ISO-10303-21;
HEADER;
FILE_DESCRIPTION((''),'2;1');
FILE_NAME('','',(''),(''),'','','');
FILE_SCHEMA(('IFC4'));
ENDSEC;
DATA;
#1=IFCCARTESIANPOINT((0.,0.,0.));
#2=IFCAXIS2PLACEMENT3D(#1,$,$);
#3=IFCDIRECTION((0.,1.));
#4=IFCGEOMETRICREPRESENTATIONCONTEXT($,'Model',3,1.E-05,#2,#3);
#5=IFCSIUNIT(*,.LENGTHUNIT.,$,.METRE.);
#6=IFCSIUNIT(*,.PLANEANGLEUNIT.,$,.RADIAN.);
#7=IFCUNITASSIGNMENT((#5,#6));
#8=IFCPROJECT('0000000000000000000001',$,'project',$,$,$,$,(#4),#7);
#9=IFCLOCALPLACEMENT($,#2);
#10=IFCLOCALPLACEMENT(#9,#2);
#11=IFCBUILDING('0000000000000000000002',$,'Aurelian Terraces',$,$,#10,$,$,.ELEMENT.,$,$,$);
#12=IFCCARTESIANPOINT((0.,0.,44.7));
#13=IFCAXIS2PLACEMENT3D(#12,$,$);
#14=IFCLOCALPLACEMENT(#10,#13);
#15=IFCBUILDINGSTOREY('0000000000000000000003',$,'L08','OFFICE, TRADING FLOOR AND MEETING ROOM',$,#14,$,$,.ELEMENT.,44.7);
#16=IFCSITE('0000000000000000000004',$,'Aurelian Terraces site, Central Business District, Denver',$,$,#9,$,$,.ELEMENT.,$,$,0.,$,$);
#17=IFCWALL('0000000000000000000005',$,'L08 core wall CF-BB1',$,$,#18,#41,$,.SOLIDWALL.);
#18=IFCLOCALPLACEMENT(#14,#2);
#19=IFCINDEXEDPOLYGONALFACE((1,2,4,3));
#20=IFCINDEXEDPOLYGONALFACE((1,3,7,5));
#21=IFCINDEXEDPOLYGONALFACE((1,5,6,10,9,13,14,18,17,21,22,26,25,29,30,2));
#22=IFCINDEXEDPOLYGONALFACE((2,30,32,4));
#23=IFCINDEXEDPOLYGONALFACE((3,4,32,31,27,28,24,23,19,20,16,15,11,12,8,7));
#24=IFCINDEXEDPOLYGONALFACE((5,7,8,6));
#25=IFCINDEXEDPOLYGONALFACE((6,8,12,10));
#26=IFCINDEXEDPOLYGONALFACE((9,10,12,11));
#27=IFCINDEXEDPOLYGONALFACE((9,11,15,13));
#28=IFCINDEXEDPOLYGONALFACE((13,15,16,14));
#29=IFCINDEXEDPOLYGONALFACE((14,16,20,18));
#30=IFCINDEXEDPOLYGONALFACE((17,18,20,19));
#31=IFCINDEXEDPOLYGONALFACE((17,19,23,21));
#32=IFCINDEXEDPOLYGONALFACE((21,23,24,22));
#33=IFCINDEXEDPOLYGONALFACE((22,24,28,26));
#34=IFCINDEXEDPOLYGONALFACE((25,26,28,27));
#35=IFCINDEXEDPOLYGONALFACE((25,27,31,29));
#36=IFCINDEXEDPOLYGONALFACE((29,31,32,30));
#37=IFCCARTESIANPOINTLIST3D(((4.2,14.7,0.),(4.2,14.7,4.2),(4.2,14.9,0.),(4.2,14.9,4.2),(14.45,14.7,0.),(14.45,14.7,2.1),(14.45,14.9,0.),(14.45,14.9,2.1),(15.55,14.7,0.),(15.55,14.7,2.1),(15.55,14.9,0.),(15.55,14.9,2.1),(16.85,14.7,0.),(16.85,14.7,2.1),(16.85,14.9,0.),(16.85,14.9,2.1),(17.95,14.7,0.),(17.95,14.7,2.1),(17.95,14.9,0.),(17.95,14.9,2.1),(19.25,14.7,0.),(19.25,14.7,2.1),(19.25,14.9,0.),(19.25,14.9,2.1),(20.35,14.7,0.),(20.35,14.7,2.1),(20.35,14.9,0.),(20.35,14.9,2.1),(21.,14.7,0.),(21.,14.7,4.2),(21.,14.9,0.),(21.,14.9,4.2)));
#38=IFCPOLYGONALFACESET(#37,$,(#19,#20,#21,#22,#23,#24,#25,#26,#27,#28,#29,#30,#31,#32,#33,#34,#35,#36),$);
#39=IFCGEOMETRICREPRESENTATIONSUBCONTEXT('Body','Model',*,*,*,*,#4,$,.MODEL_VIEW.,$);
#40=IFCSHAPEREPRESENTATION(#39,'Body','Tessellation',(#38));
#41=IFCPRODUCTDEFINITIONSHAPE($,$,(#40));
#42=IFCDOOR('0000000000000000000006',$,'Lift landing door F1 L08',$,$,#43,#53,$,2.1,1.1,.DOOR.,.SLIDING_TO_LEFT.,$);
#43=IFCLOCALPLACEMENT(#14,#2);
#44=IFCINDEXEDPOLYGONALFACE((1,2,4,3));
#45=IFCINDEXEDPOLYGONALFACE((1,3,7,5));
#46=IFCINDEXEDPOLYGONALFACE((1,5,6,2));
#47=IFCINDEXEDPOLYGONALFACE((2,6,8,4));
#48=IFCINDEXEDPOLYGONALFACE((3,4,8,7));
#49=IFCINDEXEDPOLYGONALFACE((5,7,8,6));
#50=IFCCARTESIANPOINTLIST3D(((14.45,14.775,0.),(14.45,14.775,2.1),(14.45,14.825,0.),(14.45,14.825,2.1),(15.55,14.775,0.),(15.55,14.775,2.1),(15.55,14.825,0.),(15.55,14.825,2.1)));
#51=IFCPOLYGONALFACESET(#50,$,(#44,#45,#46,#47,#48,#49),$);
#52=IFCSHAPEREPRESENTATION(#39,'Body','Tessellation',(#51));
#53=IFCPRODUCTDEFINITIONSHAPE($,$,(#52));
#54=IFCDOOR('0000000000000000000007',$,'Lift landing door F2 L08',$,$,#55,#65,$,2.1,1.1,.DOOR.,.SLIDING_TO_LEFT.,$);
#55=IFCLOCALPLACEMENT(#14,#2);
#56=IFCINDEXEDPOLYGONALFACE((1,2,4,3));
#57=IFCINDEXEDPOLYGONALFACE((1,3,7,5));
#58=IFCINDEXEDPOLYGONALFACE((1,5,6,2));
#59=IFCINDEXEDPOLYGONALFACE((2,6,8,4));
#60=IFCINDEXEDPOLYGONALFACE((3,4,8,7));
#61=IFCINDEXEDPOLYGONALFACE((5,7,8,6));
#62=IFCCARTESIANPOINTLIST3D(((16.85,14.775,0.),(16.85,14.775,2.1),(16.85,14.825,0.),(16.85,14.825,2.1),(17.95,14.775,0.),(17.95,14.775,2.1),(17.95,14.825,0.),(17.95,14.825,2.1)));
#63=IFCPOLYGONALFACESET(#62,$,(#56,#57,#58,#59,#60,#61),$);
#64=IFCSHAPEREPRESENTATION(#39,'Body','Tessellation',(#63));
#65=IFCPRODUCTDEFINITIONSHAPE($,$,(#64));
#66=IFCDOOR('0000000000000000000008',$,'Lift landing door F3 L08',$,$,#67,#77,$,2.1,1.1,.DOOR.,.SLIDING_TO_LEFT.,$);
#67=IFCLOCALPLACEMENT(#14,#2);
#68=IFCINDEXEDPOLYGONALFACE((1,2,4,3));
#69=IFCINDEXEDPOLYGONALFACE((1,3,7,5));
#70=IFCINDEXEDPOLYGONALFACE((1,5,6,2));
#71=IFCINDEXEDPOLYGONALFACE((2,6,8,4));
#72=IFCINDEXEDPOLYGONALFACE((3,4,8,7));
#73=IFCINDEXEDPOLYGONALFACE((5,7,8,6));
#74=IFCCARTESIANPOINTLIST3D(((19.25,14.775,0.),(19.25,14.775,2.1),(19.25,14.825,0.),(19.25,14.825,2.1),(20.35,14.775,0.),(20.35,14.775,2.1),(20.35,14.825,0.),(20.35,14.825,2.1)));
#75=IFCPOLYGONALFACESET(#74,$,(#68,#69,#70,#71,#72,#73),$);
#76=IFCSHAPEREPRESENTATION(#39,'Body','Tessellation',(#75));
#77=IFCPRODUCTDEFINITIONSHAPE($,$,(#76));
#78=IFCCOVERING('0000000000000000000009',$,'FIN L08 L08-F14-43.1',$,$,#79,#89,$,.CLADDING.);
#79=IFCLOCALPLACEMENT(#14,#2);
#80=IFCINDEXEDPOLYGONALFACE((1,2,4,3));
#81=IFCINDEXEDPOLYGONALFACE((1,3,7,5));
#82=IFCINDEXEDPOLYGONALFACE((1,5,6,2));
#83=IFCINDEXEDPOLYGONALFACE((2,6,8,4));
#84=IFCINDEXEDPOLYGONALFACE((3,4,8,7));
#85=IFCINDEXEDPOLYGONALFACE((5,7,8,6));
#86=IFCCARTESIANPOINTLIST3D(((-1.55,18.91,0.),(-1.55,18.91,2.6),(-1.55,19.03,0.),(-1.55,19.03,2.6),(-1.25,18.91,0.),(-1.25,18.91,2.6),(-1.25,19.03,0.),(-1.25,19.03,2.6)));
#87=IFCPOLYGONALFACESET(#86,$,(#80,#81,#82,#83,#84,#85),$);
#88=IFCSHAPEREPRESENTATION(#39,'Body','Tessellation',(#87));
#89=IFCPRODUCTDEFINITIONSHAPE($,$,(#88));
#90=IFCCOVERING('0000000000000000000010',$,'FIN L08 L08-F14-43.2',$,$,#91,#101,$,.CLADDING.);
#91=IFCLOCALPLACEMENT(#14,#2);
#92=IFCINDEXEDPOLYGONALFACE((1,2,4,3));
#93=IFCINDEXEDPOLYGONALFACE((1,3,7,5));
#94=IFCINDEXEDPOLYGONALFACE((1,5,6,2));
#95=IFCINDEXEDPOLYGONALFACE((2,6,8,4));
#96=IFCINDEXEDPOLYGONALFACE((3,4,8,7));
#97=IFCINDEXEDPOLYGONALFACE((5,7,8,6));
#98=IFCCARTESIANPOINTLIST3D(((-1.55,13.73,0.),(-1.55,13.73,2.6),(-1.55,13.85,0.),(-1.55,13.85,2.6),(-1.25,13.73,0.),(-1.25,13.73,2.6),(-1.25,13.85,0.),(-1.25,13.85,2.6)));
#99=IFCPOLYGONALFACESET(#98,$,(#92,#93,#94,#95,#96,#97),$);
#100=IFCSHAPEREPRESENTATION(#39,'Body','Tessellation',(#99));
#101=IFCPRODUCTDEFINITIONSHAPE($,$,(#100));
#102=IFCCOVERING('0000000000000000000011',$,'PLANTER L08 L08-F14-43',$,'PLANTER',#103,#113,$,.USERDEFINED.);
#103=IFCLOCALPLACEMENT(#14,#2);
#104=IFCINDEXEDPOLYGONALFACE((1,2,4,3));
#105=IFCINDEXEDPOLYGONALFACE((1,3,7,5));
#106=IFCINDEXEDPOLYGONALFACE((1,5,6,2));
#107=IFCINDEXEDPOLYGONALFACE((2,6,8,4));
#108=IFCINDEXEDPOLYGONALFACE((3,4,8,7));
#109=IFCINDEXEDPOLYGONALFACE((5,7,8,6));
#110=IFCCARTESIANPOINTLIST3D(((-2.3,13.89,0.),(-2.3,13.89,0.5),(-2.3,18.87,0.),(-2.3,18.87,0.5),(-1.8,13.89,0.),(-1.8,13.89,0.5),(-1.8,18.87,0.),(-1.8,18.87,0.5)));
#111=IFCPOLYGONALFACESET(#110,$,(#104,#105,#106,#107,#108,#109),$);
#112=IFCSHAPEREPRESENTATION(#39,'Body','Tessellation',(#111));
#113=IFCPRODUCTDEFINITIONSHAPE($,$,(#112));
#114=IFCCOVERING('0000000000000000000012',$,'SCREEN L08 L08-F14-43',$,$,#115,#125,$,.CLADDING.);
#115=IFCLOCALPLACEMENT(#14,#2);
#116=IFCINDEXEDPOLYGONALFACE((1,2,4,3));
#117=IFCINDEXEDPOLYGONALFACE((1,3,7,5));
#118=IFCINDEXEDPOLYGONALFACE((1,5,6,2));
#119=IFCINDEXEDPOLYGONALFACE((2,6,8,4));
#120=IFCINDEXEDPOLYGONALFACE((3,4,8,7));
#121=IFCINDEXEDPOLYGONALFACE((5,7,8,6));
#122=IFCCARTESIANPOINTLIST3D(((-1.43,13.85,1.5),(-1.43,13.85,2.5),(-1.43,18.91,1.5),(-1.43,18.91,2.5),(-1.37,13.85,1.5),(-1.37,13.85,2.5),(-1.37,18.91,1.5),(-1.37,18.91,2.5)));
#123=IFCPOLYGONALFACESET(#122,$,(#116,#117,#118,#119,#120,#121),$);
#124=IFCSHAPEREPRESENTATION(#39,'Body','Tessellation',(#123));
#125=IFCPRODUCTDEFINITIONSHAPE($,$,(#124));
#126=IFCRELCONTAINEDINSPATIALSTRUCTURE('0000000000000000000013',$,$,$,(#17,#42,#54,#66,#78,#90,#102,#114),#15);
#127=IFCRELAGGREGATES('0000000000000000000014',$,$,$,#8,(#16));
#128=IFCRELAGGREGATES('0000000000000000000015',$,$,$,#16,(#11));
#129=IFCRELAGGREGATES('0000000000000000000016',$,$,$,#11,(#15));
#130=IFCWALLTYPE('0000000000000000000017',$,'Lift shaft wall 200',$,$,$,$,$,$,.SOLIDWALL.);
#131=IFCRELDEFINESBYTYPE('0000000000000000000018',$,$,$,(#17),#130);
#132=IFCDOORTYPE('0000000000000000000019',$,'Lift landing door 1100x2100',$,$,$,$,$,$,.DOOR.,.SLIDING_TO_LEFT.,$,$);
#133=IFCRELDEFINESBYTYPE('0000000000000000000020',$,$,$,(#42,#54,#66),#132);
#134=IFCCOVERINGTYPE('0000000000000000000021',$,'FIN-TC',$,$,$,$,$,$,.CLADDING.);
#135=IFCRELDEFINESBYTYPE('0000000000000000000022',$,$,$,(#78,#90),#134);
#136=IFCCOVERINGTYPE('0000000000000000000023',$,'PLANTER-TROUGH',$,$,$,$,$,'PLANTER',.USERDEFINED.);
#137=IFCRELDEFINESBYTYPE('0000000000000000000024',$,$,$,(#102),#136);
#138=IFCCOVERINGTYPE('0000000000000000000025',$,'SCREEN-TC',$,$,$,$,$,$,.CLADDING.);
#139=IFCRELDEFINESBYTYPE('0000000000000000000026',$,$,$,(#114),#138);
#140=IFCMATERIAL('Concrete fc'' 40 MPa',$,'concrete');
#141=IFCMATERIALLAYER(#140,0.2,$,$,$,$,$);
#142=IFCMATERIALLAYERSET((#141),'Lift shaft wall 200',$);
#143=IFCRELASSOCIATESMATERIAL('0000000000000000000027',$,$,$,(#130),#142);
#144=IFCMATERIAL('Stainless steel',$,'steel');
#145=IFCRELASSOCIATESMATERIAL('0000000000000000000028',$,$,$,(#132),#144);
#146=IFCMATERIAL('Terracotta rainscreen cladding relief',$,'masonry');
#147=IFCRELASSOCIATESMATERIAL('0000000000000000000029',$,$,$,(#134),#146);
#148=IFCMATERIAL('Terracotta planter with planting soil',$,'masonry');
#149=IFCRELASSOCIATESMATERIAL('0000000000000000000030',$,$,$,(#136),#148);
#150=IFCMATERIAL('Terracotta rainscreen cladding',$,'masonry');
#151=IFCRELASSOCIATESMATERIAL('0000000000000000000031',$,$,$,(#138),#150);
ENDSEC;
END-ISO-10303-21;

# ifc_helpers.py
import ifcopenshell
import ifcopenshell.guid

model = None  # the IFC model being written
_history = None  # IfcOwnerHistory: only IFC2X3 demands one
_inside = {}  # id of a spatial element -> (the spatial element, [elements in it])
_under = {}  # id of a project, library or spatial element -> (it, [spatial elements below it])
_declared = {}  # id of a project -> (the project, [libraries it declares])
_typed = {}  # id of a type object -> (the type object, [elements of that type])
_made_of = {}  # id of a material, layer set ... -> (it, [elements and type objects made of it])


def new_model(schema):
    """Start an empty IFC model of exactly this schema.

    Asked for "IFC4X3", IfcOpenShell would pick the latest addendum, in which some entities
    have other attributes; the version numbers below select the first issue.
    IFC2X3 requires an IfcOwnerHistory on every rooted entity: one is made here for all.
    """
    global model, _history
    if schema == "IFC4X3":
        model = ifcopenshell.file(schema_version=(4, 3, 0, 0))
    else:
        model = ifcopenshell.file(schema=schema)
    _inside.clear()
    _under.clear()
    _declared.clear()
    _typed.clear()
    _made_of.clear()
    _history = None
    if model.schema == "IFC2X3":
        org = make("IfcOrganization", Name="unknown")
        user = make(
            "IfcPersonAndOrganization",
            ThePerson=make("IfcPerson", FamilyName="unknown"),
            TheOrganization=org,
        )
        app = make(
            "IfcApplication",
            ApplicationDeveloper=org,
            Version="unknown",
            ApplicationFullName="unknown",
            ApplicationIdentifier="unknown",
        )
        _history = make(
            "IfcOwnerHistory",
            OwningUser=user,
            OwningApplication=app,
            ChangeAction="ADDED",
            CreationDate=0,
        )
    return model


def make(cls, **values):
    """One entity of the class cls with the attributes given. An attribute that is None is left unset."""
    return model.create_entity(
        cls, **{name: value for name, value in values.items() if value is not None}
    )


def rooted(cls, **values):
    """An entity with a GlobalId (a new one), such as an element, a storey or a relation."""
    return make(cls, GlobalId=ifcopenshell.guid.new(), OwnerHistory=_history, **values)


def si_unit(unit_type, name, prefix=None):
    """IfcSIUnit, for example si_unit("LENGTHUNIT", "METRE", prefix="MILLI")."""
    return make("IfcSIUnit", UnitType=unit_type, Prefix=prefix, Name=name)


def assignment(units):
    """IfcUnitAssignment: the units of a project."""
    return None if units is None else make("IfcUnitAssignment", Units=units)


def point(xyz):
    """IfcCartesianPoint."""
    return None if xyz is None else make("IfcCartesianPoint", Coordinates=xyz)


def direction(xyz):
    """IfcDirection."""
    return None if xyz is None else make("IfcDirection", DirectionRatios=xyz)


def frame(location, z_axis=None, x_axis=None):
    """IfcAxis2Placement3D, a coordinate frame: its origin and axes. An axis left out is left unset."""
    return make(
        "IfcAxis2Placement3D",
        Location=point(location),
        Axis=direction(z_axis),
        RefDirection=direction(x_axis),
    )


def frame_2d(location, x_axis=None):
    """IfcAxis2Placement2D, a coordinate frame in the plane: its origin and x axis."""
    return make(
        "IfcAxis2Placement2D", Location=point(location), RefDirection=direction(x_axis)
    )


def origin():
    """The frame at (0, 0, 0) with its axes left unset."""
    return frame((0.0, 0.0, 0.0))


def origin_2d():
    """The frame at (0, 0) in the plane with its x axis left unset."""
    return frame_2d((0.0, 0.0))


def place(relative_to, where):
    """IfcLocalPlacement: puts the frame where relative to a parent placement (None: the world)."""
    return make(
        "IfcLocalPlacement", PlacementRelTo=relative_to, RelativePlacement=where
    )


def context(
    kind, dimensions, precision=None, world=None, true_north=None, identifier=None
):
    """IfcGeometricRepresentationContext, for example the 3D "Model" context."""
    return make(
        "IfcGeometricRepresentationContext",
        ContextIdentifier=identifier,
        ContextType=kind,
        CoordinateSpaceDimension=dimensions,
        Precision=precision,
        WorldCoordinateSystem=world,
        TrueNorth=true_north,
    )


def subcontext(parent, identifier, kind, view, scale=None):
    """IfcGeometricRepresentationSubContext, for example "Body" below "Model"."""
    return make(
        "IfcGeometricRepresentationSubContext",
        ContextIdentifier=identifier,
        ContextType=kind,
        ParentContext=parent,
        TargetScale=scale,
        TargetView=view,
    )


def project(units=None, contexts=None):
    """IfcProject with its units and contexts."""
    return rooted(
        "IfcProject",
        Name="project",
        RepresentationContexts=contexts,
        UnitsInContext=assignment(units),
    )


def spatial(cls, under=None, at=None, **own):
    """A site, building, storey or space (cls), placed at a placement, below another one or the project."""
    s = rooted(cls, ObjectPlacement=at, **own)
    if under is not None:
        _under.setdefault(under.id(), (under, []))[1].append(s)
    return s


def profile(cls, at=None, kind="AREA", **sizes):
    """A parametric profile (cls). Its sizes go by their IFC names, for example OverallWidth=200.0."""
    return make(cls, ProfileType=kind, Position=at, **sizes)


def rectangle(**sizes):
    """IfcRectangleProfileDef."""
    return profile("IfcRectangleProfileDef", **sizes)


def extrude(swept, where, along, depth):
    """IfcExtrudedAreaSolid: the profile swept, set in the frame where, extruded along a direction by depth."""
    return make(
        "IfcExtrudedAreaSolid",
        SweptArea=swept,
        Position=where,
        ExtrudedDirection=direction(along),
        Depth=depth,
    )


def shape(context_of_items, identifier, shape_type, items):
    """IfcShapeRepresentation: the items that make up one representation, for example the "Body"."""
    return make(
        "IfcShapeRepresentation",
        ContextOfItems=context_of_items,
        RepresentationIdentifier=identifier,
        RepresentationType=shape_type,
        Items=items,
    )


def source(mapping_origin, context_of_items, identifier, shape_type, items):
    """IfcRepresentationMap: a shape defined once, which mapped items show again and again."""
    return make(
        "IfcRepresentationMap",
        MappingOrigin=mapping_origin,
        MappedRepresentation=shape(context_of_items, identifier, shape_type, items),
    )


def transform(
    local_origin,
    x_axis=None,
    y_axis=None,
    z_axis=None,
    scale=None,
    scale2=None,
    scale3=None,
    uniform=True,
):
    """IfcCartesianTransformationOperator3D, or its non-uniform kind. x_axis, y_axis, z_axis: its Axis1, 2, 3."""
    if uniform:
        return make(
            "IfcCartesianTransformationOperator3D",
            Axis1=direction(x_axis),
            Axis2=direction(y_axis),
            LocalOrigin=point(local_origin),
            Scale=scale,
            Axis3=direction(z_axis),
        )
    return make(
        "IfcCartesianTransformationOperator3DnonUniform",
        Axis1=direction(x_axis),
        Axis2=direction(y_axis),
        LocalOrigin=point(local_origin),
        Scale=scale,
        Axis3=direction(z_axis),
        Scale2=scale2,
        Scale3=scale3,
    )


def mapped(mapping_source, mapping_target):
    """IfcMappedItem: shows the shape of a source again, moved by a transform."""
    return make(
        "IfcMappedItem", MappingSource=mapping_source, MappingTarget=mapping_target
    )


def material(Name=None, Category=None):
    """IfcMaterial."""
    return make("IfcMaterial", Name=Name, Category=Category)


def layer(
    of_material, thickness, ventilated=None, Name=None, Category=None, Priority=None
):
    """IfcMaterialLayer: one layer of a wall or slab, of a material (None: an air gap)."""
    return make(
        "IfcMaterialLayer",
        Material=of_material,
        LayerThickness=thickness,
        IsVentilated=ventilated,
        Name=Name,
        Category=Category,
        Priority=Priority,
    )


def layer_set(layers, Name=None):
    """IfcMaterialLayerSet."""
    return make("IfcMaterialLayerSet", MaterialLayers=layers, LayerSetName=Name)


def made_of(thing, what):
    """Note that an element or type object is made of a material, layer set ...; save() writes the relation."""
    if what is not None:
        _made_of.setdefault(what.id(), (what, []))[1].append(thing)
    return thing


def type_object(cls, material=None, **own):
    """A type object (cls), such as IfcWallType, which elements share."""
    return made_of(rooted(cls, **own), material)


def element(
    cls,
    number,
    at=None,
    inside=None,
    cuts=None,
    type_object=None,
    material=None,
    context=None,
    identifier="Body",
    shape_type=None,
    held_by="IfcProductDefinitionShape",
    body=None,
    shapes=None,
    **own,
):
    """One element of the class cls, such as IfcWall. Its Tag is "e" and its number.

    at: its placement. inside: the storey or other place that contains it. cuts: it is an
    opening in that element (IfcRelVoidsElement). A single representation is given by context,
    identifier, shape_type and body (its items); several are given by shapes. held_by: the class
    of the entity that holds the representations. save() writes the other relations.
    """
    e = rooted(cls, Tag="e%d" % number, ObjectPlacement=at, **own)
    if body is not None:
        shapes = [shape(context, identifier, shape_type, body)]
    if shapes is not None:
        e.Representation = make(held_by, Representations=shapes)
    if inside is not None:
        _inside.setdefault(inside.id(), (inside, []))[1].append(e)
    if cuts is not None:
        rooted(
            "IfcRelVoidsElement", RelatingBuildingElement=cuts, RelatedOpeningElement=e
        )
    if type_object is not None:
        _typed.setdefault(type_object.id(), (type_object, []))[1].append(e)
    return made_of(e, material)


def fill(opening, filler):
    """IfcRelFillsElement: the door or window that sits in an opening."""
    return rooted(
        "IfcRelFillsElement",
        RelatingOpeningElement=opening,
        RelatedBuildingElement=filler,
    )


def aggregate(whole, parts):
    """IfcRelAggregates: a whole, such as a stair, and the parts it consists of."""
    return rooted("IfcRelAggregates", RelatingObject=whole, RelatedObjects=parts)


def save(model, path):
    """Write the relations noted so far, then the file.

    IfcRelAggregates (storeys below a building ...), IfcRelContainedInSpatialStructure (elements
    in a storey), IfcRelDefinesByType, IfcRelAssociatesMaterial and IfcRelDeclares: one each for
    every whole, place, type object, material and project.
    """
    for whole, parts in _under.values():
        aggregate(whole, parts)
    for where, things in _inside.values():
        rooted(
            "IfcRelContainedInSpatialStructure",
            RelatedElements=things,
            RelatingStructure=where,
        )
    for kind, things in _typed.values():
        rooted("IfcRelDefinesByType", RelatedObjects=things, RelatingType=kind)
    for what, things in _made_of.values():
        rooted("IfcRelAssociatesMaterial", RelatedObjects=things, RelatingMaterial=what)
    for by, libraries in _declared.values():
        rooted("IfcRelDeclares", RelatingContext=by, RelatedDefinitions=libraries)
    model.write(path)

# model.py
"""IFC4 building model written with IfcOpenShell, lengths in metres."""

from ifc_helpers import new_model, si_unit, direction, frame, frame_2d, origin, origin_2d, place, context, subcontext, project, spatial, rectangle, extrude, source, transform, mapped, material, layer, layer_set, type_object, element, fill, save


model = new_model("IFC4")

# Units and contexts
model_context = context("Model", 3, precision=1e-05, world=origin(), true_north=direction((0.0, 1.0)))
body_context = subcontext(model_context, "Body", "Model", "MODEL_VIEW")
ifc_project = project(units=[si_unit("LENGTHUNIT", "METRE"), si_unit("PLANEANGLEUNIT", "RADIAN")], contexts=[model_context])

# Site, building, storey
site_placement = place(None, origin())
site = spatial("IfcSite", under=ifc_project, at=site_placement, Name="Aurelian Terraces site, Central Business District, Denver", CompositionType="ELEMENT", RefElevation=0.0)
building_placement = place(site_placement, origin())
building = spatial("IfcBuilding", under=site, at=building_placement, Name="Aurelian Terraces", CompositionType="ELEMENT")
storey_placement = place(building_placement, frame((0.0, 0.0, 44.7)))
storey = spatial("IfcBuildingStorey", under=building, at=storey_placement, Name="L08", Description="OFFICE, TRADING FLOOR AND MEETING ROOM", CompositionType="ELEMENT", Elevation=44.7)

# Shared definitions
ifc_material_1 = material(Name="Terracotta rainscreen cladding", Category="masonry")

# Wall, openings, doors
ifc_material_2 = material(Name="Concrete fc' 40 MPa", Category="concrete")
ifc_layer_1 = layer(ifc_material_2, 0.2)
ifc_layer_set_1 = layer_set([ifc_layer_1], Name="Lift shaft wall 200")
wall_type_1 = type_object("IfcWallType", Name="Lift shaft wall 200", PredefinedType="SOLIDWALL", material=ifc_layer_set_1)
shared_shape_1 = source(origin(), body_context, "Body", "SweptSolid", [
    extrude(rectangle(XDim=16.8, YDim=0.2, at=frame_2d((8.4, 0.0))), origin(), (0.0, 0.0, 1.0), 4.2),
])
shared_shape_2 = source(origin(), body_context, "Body", "SweptSolid", [
    extrude(rectangle(XDim=1.1, YDim=2.1, at=frame_2d((0.55, 1.05))), frame((0.0, 0.11, 0.0), z_axis=(0.0, -1.0, 0.0), x_axis=(1.0, 0.0, 0.0)), (0.0, 0.0, 1.0), 0.22),
])
ifc_material_3 = material(Name="Stainless steel", Category="steel")
door_type = type_object("IfcDoorType", Name="Lift landing door 1100x2100", OperationType="SLIDING_TO_LEFT", PredefinedType="DOOR", material=ifc_material_3)
shared_shape_3 = source(origin(), body_context, "Body", "SweptSolid", [
    extrude(rectangle(XDim=1.1, YDim=2.1, at=frame_2d((0.55, 1.05))), frame((0.0, 0.025, 0.0), z_axis=(0.0, -1.0, 0.0), x_axis=(1.0, 0.0, 0.0)), (0.0, 0.0, 1.0), 0.05),
])
wall_1_placement = place(storey_placement, frame((4.2, 14.8, 0.0), z_axis=(0.0, 0.0, 1.0), x_axis=(1.0, 0.0, 0.0)))
wall_1 = element("IfcWall", 1, at=wall_1_placement, inside=storey, type_object=wall_type_1, Name="L08 core wall CF-BB1", PredefinedType="SOLIDWALL", context=body_context, shape_type="MappedRepresentation", body=[
    mapped(shared_shape_1, transform((0.0, 0.0, 0.0), scale=1.0)),
])
opening_1_placement = place(wall_1_placement, frame((10.25, 0.0, 0.0)))
opening_1 = element("IfcOpeningElement", 2, at=opening_1_placement, cuts=wall_1, PredefinedType="OPENING", context=body_context, shape_type="MappedRepresentation", body=[
    mapped(shared_shape_2, transform((0.0, 0.0, 0.0), scale=1.0)),
])
opening_2_placement = place(wall_1_placement, frame((12.65, 0.0, 0.0)))
opening_2 = element("IfcOpeningElement", 3, at=opening_2_placement, cuts=wall_1, PredefinedType="OPENING", context=body_context, shape_type="MappedRepresentation", body=[
    mapped(shared_shape_2, transform((0.0, 0.0, 0.0), scale=1.0)),
])
opening_3_placement = place(wall_1_placement, frame((15.05, 0.0, 0.0)))
opening_3 = element("IfcOpeningElement", 4, at=opening_3_placement, cuts=wall_1, PredefinedType="OPENING", context=body_context, shape_type="MappedRepresentation", body=[
    mapped(shared_shape_2, transform((0.0, 0.0, 0.0), scale=1.0)),
])
door_1_placement = place(opening_1_placement, origin())
door_1 = element("IfcDoor", 5, at=door_1_placement, inside=storey, type_object=door_type, Name="Lift landing door F1 L08", OperationType="SLIDING_TO_LEFT", OverallHeight=2.1, OverallWidth=1.1, PredefinedType="DOOR", context=body_context, shape_type="MappedRepresentation", body=[
    mapped(shared_shape_3, transform((0.0, 0.0, 0.0), scale=1.0)),
])
fill(opening_1, door_1)
door_2_placement = place(opening_2_placement, origin())
door_2 = element("IfcDoor", 6, at=door_2_placement, inside=storey, type_object=door_type, Name="Lift landing door F2 L08", OperationType="SLIDING_TO_LEFT", OverallHeight=2.1, OverallWidth=1.1, PredefinedType="DOOR", context=body_context, shape_type="MappedRepresentation", body=[
    mapped(shared_shape_3, transform((0.0, 0.0, 0.0), scale=1.0)),
])
fill(opening_2, door_2)
door_3_placement = place(opening_3_placement, origin())
door_3 = element("IfcDoor", 7, at=door_3_placement, inside=storey, type_object=door_type, Name="Lift landing door F3 L08", OperationType="SLIDING_TO_LEFT", OverallHeight=2.1, OverallWidth=1.1, PredefinedType="DOOR", context=body_context, shape_type="MappedRepresentation", body=[
    mapped(shared_shape_3, transform((0.0, 0.0, 0.0), scale=1.0)),
])
fill(opening_3, door_3)

# Coverings
ifc_material_4 = material(Name="Terracotta rainscreen cladding relief", Category="masonry")
covering_type_1 = type_object("IfcCoveringType", Name="FIN-TC", PredefinedType="CLADDING", material=ifc_material_4)
shared_shape_4 = source(origin(), body_context, "Body", "SweptSolid", [
    extrude(rectangle(XDim=0.3, YDim=0.12, at=origin_2d()), origin(), (0.0, 0.0, 1.0), 2.6),
])
for number, where, z_axis, x_axis, name in (
    (8, (-1.4, 18.97, 0.0), (0.0, 0.0, 1.0), (1.0, 0.0, 0.0), "FIN L08 L08-F14-43.1"),
    (9, (-1.4, 13.79, 0.0), (0.0, 0.0, 1.0), (1.0, 0.0, 0.0), "FIN L08 L08-F14-43.2"),
):
    element("IfcCovering", number, at=place(storey_placement, frame(where, z_axis=z_axis, x_axis=x_axis)), inside=storey, type_object=covering_type_1, Name=name, PredefinedType="CLADDING", context=body_context, shape_type="MappedRepresentation", body=[
        mapped(shared_shape_4, transform((0.0, 0.0, 0.0), scale=1.0)),
    ])
ifc_material_5 = material(Name="Terracotta planter with planting soil", Category="masonry")
covering_type_2 = type_object("IfcCoveringType", Name="PLANTER-TROUGH", ElementType="PLANTER", PredefinedType="USERDEFINED", material=ifc_material_5)
shared_shape_5 = source(origin(), body_context, "Body", "SweptSolid", [
    extrude(rectangle(XDim=0.5, YDim=4.98, at=origin_2d()), origin(), (0.0, 0.0, 1.0), 0.5),
])
covering_1_placement = place(storey_placement, frame((-2.05, 16.38, 0.0), z_axis=(0.0, 0.0, 1.0), x_axis=(1.0, 0.0, 0.0)))
element("IfcCovering", 10, at=covering_1_placement, inside=storey, type_object=covering_type_2, Name="PLANTER L08 L08-F14-43", ObjectType="PLANTER", PredefinedType="USERDEFINED", context=body_context, shape_type="MappedRepresentation", body=[
    mapped(shared_shape_5, transform((0.0, 0.0, 0.0), scale=1.0)),
])
covering_type_3 = type_object("IfcCoveringType", Name="SCREEN-TC", PredefinedType="CLADDING", material=ifc_material_1)
shared_shape_6 = source(origin(), body_context, "Body", "SweptSolid", [
    extrude(rectangle(XDim=0.06, YDim=5.06, at=origin_2d()), origin(), (0.0, 0.0, 1.0), 1.0),
])
covering_2_placement = place(storey_placement, frame((-1.4, 16.38, 1.5), z_axis=(0.0, 0.0, 1.0), x_axis=(1.0, 0.0, 0.0)))
element("IfcCovering", 11, at=covering_2_placement, inside=storey, type_object=covering_type_3, Name="SCREEN L08 L08-F14-43", PredefinedType="CLADDING", context=body_context, shape_type="MappedRepresentation", body=[
    mapped(shared_shape_6, transform((0.0, 0.0, 0.0), scale=1.0)),
])

save(model, "model.ifc")
